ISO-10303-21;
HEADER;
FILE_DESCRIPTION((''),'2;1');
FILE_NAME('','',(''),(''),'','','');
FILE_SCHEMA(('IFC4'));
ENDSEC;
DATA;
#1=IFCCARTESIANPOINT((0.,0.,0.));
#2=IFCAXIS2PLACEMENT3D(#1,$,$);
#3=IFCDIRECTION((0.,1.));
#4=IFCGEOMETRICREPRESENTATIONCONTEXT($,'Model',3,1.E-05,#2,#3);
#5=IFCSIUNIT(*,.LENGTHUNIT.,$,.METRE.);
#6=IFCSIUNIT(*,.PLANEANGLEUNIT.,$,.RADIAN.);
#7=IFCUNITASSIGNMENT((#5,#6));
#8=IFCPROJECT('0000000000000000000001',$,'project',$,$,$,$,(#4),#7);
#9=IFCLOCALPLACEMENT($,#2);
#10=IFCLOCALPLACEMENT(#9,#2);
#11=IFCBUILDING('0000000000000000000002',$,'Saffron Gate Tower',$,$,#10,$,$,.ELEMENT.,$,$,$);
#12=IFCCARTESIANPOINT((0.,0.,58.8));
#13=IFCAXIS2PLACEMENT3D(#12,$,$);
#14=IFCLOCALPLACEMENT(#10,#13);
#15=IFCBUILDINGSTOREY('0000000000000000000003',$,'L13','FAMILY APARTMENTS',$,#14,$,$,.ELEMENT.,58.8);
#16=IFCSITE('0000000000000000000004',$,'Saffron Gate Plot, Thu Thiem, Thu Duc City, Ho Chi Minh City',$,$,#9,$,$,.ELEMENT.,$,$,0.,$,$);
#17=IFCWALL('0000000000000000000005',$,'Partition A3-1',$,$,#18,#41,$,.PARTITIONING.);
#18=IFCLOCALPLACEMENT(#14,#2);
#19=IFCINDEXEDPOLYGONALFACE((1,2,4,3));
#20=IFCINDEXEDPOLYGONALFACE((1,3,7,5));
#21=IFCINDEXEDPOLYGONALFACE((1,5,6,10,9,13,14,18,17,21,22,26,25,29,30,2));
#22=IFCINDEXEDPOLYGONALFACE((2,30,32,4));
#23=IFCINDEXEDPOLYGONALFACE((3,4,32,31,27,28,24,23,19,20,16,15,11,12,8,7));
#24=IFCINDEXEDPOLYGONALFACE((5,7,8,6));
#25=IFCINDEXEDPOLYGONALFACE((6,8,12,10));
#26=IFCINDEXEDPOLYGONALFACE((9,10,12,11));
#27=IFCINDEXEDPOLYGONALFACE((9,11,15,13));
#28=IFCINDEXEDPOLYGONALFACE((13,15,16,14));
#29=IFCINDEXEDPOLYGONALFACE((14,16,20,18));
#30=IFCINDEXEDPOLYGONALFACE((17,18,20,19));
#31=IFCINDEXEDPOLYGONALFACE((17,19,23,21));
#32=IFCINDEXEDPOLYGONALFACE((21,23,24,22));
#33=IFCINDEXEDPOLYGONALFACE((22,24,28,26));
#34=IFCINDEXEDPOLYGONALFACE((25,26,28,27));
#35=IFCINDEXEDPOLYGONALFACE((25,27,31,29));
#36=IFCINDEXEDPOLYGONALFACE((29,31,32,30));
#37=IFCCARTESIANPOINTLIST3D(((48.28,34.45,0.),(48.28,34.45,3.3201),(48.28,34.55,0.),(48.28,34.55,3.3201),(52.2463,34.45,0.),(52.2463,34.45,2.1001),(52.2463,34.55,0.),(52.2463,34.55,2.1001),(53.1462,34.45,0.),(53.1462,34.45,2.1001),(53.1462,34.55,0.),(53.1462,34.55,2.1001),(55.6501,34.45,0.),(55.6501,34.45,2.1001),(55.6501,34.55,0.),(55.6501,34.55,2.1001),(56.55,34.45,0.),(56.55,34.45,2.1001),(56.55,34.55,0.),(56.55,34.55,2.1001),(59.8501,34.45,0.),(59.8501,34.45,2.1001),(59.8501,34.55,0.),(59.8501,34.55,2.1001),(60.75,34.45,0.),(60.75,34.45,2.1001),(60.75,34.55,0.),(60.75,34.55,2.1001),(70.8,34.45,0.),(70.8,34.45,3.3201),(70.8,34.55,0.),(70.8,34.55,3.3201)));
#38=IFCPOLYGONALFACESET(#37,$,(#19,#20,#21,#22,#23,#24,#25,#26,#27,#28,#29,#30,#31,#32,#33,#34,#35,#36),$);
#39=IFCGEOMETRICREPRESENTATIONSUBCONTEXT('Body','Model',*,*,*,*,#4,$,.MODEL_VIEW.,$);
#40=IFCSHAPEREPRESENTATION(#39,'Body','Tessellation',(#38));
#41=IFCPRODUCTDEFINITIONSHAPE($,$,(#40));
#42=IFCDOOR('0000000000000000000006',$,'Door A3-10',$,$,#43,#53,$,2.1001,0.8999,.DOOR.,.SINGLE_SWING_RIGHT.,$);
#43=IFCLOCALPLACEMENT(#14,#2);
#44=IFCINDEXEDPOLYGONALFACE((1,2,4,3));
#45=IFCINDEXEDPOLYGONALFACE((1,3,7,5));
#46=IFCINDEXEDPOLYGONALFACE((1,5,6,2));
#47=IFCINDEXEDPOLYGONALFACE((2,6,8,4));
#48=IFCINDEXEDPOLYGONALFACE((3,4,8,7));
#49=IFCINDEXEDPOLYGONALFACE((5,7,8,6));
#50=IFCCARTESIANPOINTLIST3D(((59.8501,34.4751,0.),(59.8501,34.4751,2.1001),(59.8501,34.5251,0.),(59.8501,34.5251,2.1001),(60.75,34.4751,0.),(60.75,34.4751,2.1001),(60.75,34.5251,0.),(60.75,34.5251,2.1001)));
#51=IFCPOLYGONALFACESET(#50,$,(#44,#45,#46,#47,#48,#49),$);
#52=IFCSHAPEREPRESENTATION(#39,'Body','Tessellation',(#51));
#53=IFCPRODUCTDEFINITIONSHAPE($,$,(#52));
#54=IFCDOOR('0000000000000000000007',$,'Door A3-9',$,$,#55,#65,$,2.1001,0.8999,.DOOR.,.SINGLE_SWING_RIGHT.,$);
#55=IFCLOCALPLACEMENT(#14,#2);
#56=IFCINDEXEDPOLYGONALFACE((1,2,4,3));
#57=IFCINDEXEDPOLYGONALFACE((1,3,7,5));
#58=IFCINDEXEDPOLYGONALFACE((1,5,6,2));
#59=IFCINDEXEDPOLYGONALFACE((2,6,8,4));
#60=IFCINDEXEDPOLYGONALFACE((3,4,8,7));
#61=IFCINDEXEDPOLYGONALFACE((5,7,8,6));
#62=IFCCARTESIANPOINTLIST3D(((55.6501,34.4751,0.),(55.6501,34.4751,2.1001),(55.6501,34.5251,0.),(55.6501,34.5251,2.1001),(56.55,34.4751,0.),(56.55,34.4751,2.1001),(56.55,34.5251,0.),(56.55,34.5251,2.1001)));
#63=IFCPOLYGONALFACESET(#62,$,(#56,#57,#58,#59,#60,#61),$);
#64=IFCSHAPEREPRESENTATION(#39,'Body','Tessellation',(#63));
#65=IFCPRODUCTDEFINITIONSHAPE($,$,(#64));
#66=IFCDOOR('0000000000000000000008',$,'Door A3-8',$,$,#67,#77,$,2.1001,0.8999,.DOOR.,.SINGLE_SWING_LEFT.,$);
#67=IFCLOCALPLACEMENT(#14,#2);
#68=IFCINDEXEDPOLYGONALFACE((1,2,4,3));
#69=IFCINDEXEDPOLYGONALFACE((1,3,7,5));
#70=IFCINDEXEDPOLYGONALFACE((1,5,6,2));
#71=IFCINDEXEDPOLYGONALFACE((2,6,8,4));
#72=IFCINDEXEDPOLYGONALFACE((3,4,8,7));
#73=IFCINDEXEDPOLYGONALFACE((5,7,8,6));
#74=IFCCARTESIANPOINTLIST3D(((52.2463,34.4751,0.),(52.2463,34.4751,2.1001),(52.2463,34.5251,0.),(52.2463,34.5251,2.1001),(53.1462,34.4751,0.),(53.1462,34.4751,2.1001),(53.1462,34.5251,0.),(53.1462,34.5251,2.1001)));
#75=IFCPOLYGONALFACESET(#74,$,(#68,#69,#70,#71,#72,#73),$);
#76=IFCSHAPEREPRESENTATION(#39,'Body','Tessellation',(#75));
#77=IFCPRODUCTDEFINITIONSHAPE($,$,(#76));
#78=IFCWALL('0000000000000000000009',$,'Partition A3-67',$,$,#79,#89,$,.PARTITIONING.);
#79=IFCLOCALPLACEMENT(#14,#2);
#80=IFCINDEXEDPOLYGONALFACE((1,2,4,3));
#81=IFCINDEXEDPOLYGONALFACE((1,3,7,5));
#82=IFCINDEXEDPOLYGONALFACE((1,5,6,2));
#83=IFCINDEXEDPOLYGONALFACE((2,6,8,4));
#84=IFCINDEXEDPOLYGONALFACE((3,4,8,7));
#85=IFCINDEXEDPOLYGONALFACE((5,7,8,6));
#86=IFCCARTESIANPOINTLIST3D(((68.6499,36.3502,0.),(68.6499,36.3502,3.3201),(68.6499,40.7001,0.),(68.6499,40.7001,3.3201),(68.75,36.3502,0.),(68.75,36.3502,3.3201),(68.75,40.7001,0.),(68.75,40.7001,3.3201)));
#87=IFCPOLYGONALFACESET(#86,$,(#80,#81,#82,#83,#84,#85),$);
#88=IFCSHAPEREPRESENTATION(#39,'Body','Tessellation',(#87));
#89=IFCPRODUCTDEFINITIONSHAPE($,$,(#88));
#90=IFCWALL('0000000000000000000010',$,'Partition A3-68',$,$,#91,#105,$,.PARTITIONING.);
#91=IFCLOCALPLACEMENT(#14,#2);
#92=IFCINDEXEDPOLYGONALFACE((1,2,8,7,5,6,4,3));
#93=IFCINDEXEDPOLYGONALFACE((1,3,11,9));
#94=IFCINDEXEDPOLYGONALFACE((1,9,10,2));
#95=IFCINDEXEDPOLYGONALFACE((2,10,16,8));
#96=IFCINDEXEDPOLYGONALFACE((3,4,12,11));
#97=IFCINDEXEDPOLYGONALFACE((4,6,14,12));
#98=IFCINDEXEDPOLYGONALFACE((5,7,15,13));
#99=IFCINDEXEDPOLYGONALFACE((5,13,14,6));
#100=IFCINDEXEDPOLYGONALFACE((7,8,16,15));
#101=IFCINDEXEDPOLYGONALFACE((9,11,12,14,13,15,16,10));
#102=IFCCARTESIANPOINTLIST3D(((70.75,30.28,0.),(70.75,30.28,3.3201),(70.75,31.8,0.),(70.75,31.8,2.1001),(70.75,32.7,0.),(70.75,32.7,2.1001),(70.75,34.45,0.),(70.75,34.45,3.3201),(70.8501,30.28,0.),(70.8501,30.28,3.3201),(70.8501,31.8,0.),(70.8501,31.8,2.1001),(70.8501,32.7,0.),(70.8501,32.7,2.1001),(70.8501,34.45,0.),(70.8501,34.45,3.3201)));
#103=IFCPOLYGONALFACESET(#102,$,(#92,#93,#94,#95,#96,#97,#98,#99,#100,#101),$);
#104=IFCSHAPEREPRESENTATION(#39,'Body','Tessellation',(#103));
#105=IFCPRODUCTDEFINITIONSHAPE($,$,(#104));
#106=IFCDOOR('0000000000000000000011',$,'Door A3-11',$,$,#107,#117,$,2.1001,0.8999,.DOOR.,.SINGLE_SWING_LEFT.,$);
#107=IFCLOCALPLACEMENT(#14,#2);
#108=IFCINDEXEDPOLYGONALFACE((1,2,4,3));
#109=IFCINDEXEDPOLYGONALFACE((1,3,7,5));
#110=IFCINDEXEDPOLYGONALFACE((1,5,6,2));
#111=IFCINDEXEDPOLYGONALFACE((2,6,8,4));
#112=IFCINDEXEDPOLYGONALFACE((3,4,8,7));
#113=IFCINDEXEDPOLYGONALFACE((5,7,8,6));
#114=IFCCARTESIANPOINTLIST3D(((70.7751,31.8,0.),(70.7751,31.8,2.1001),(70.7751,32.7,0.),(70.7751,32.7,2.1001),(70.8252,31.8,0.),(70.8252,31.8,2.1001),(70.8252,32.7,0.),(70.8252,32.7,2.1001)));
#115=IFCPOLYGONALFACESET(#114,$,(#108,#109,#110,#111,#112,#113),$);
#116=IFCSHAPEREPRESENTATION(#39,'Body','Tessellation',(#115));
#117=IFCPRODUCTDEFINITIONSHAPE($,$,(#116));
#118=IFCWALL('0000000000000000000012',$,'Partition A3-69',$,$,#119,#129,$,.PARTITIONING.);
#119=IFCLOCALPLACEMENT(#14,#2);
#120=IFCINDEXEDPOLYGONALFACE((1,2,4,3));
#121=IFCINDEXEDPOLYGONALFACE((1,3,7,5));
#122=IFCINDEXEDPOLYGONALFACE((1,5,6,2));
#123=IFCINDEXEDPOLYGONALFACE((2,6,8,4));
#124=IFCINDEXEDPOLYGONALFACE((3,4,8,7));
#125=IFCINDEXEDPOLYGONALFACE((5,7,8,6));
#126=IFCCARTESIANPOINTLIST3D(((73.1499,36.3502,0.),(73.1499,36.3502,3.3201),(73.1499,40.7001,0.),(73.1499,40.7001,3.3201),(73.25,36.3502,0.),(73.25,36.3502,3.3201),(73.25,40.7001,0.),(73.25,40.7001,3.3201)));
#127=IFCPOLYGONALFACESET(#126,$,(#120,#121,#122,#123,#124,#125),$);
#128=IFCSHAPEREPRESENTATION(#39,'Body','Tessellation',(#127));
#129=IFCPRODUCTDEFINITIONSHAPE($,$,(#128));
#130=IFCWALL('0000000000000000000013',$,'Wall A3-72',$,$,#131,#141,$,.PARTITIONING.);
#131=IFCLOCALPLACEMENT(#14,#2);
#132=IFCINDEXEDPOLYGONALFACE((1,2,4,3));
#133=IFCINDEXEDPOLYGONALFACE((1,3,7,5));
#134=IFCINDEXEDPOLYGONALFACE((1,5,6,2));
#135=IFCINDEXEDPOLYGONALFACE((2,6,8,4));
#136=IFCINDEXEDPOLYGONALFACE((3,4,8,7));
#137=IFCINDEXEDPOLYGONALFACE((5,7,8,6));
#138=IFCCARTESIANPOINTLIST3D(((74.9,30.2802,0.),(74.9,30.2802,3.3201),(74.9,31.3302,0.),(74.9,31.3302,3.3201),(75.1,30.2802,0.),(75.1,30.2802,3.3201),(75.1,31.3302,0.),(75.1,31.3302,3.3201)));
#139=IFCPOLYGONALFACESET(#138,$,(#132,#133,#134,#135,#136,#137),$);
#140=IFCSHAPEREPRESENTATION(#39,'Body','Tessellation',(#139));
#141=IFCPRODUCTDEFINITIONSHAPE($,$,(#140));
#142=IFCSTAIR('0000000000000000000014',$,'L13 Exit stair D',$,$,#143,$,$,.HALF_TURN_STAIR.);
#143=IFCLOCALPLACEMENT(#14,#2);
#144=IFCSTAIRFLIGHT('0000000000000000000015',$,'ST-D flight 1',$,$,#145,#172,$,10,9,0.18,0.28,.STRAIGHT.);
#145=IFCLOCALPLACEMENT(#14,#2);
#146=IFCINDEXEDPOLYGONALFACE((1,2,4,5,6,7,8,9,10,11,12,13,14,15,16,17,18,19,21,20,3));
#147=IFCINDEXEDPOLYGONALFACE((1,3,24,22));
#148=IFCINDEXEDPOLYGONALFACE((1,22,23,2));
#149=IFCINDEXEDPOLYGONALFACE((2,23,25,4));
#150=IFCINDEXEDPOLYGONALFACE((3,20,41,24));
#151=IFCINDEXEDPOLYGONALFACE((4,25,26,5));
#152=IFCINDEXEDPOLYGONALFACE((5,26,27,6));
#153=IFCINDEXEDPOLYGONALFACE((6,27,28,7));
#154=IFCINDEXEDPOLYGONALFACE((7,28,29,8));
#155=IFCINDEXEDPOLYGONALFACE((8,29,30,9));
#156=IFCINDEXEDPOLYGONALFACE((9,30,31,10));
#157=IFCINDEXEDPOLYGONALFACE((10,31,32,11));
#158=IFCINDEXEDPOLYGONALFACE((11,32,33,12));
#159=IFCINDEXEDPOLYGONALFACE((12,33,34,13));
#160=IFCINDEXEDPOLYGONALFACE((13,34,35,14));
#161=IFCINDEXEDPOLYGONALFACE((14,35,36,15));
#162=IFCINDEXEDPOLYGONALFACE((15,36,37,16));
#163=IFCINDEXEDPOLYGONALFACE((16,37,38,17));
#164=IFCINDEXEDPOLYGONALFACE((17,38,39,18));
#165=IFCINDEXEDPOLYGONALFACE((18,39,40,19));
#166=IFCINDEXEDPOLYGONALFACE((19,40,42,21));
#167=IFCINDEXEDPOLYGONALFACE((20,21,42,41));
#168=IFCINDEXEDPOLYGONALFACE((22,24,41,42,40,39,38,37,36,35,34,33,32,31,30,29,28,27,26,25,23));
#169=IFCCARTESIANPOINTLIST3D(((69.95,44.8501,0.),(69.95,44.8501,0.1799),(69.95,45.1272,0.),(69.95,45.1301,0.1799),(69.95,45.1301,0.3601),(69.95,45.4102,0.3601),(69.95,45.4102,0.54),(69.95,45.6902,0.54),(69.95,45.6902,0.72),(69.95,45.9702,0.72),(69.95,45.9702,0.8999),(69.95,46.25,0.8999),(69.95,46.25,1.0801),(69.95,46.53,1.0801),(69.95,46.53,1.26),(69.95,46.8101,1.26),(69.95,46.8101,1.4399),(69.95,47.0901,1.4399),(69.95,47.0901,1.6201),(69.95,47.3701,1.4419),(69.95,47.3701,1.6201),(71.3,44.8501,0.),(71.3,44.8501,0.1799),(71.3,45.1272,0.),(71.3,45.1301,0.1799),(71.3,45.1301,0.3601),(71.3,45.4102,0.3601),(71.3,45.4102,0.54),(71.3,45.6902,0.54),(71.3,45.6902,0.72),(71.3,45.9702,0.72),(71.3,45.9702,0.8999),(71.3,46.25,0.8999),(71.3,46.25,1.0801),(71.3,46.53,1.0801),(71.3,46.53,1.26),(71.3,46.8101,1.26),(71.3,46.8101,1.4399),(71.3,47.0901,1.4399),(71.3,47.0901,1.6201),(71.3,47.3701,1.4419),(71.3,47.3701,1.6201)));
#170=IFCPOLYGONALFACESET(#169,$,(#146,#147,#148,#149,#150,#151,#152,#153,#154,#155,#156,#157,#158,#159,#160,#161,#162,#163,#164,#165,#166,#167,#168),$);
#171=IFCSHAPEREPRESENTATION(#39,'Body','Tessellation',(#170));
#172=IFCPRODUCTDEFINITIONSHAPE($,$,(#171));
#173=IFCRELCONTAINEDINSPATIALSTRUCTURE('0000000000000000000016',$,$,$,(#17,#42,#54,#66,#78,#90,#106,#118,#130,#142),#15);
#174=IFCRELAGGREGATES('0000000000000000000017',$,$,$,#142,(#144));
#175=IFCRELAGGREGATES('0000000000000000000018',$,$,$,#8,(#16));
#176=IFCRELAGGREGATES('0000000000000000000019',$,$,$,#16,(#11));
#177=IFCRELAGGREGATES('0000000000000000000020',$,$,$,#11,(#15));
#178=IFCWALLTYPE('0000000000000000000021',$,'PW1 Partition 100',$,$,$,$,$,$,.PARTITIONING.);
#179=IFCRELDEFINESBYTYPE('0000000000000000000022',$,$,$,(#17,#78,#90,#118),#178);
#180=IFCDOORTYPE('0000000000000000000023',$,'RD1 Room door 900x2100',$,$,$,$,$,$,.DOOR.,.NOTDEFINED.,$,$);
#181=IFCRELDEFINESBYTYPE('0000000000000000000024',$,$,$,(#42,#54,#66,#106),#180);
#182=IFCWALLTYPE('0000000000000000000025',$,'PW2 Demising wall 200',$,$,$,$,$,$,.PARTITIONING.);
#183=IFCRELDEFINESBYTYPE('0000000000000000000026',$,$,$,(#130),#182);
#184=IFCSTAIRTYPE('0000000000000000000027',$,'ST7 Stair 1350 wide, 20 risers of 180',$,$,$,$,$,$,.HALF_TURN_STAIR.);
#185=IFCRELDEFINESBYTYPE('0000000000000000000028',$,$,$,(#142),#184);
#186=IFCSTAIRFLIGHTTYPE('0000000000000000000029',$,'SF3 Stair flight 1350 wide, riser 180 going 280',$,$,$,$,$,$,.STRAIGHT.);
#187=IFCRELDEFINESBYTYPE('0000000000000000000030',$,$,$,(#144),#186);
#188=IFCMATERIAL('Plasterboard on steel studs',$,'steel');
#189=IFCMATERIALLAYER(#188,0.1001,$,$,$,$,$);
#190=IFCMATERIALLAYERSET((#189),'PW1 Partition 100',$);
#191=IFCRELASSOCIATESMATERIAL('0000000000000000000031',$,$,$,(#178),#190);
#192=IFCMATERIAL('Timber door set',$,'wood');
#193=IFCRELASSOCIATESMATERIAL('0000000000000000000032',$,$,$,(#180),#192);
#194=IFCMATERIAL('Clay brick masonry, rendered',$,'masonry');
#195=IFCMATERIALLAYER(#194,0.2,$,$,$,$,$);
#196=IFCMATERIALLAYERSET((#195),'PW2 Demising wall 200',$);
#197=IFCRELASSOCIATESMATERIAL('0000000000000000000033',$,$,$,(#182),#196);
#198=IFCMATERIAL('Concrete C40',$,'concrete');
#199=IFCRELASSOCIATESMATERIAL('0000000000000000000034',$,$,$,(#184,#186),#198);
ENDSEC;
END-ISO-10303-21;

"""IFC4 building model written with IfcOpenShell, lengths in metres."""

from ifc_helpers import new_model, si_unit, direction, frame, frame_2d, origin, place, context, subcontext, project, spatial, polyline, rectangle, outline, extrude, material, layer, layer_set, type_object, element, fill, aggregate, save


model = new_model("IFC4")

# Units and contexts
model_context = context("Model", 3, precision=1e-05, world=origin(), true_north=direction((0.0, 1.0)))
body_context = subcontext(model_context, "Body", "Model", "MODEL_VIEW")
ifc_project = project(units=[si_unit("LENGTHUNIT", "METRE"), si_unit("PLANEANGLEUNIT", "RADIAN")], contexts=[model_context])

# Site, building, storey
site_placement = place(None, origin())
site = spatial("IfcSite", under=ifc_project, at=site_placement, Name="Saffron Gate Plot, Thu Thiem, Thu Duc City, Ho Chi Minh City", CompositionType="ELEMENT", RefElevation=0.0)
building_placement = place(site_placement, origin())
building = spatial("IfcBuilding", under=site, at=building_placement, Name="Saffron Gate Tower", CompositionType="ELEMENT")
storey_placement = place(building_placement, frame((0.0, 0.0, 58.8)))
storey = spatial("IfcBuildingStorey", under=building, at=storey_placement, Name="L13", Description="FAMILY APARTMENTS", CompositionType="ELEMENT", Elevation=58.8)

# Wall, openings, doors
ifc_material_1 = material(Name="Plasterboard on steel studs", Category="steel")
ifc_layer_1 = layer(ifc_material_1, 0.1001)
ifc_layer_set_1 = layer_set([ifc_layer_1], Name="PW1 Partition 100")
wall_type_1 = type_object("IfcWallType", Name="PW1 Partition 100", PredefinedType="PARTITIONING", material=ifc_layer_set_1)
wall_1_placement = place(storey_placement, frame((70.8, 34.5, 0.0), z_axis=(0.0, 0.0, 1.0), x_axis=(-1.0, 0.0, 0.0)))
wall_1 = element("IfcWall", 1, at=wall_1_placement, inside=storey, type_object=wall_type_1, Name="Partition A3-1", PredefinedType="PARTITIONING", context=body_context, shape_type="SweptSolid", body=[
    extrude(rectangle(XDim=22.52, YDim=0.1001, at=frame_2d((11.26, 0.0))), origin(), (0.0, 0.0, 1.0), 3.3201),
])
opening_1_placement = place(wall_1_placement, frame((10.05, 0.0, 0.0)))
opening_1 = element("IfcOpeningElement", 2, at=opening_1_placement, cuts=wall_1, PredefinedType="OPENING", context=body_context, shape_type="SweptSolid", body=[
    extrude(rectangle(XDim=0.8999, YDim=2.1001, at=frame_2d((0.45, 1.05))), frame((0.0, 0.0601, 0.0), z_axis=(0.0, -1.0, 0.0), x_axis=(1.0, 0.0, 0.0)), (0.0, 0.0, 1.0), 0.1201),
])
opening_2_placement = place(wall_1_placement, frame((14.25, 0.0, 0.0)))
opening_2 = element("IfcOpeningElement", 3, at=opening_2_placement, cuts=wall_1, PredefinedType="OPENING", context=body_context, shape_type="SweptSolid", body=[
    extrude(rectangle(XDim=0.8999, YDim=2.1001, at=frame_2d((0.45, 1.05))), frame((0.0, 0.0601, 0.0), z_axis=(0.0, -1.0, 0.0), x_axis=(1.0, 0.0, 0.0)), (0.0, 0.0, 1.0), 0.1201),
])
opening_3_placement = place(wall_1_placement, frame((17.6538, 0.0, 0.0)))
opening_3 = element("IfcOpeningElement", 4, at=opening_3_placement, cuts=wall_1, PredefinedType="OPENING", context=body_context, shape_type="SweptSolid", body=[
    extrude(rectangle(XDim=0.8999, YDim=2.1001, at=frame_2d((0.45, 1.05))), frame((0.0, 0.0601, 0.0), z_axis=(0.0, -1.0, 0.0), x_axis=(1.0, 0.0, 0.0)), (0.0, 0.0, 1.0), 0.1201),
])
ifc_material_2 = material(Name="Timber door set", Category="wood")
door_type_1 = type_object("IfcDoorType", Name="RD1 Room door 900x2100", OperationType="NOTDEFINED", PredefinedType="DOOR", material=ifc_material_2)
door_1_placement = place(opening_1_placement, origin())
door_1 = element("IfcDoor", 5, at=door_1_placement, inside=storey, type_object=door_type_1, Name="Door A3-10", OperationType="SINGLE_SWING_RIGHT", OverallHeight=2.1001, OverallWidth=0.8999, PredefinedType="DOOR", context=body_context, shape_type="SweptSolid", body=[
    extrude(rectangle(XDim=0.8999, YDim=2.1001, at=frame_2d((0.45, 1.05))), frame((0.0, 0.0249, 0.0), z_axis=(0.0, -1.0, 0.0), x_axis=(1.0, 0.0, 0.0)), (0.0, 0.0, 1.0), 0.05),
])
fill(opening_1, door_1)
door_2_placement = place(opening_2_placement, origin())
door_2 = element("IfcDoor", 6, at=door_2_placement, inside=storey, type_object=door_type_1, Name="Door A3-9", OperationType="SINGLE_SWING_RIGHT", OverallHeight=2.1001, OverallWidth=0.8999, PredefinedType="DOOR", context=body_context, shape_type="SweptSolid", body=[
    extrude(rectangle(XDim=0.8999, YDim=2.1001, at=frame_2d((0.45, 1.05))), frame((0.0, 0.0249, 0.0), z_axis=(0.0, -1.0, 0.0), x_axis=(1.0, 0.0, 0.0)), (0.0, 0.0, 1.0), 0.05),
])
fill(opening_2, door_2)
door_3_placement = place(opening_3_placement, origin())
door_3 = element("IfcDoor", 7, at=door_3_placement, inside=storey, type_object=door_type_1, Name="Door A3-8", OperationType="SINGLE_SWING_LEFT", OverallHeight=2.1001, OverallWidth=0.8999, PredefinedType="DOOR", context=body_context, shape_type="SweptSolid", body=[
    extrude(rectangle(XDim=0.8999, YDim=2.1001, at=frame_2d((0.45, 1.05))), frame((0.0, 0.0249, 0.0), z_axis=(0.0, -1.0, 0.0), x_axis=(1.0, 0.0, 0.0)), (0.0, 0.0, 1.0), 0.05),
])
fill(opening_3, door_3)

# Wall
wall_2_placement = place(storey_placement, frame((68.7, 40.7, 0.0), z_axis=(0.0, 0.0, 1.0), x_axis=(0.0, -1.0, 0.0)))
element("IfcWall", 8, at=wall_2_placement, inside=storey, type_object=wall_type_1, Name="Partition A3-67", PredefinedType="PARTITIONING", context=body_context, shape_type="SweptSolid", body=[
    extrude(rectangle(XDim=4.3499, YDim=0.1001, at=frame_2d((2.1748, 0.0))), origin(), (0.0, 0.0, 1.0), 3.3201),
])

# Wall, opening, door
wall_3_placement = place(storey_placement, frame((70.8, 30.28, 0.0), z_axis=(0.0, 0.0, 1.0), x_axis=(0.0, 1.0, 0.0)))
wall_3 = element("IfcWall", 9, at=wall_3_placement, inside=storey, type_object=wall_type_1, Name="Partition A3-68", PredefinedType="PARTITIONING", context=body_context, shape_type="SweptSolid", body=[
    extrude(rectangle(XDim=4.1699, YDim=0.1001, at=frame_2d((2.085, 0.0))), origin(), (0.0, 0.0, 1.0), 3.3201),
])
opening_4_placement = place(wall_3_placement, frame((1.52, 0.0, 0.0)))
opening_4 = element("IfcOpeningElement", 10, at=opening_4_placement, cuts=wall_3, PredefinedType="OPENING", context=body_context, shape_type="SweptSolid", body=[
    extrude(rectangle(XDim=0.8999, YDim=2.1001, at=frame_2d((0.45, 1.05))), frame((0.0, 0.0601, 0.0), z_axis=(0.0, -1.0, 0.0), x_axis=(1.0, 0.0, 0.0)), (0.0, 0.0, 1.0), 0.1201),
])
door_4_placement = place(opening_4_placement, origin())
door_4 = element("IfcDoor", 11, at=door_4_placement, inside=storey, type_object=door_type_1, Name="Door A3-11", OperationType="SINGLE_SWING_LEFT", OverallHeight=2.1001, OverallWidth=0.8999, PredefinedType="DOOR", context=body_context, shape_type="SweptSolid", body=[
    extrude(rectangle(XDim=0.8999, YDim=2.1001, at=frame_2d((0.45, 1.05))), frame((0.0, 0.0249, 0.0), z_axis=(0.0, -1.0, 0.0), x_axis=(1.0, 0.0, 0.0)), (0.0, 0.0, 1.0), 0.05),
])
fill(opening_4, door_4)

# Walls
wall_4_placement = place(storey_placement, frame((73.2, 40.7, 0.0), z_axis=(0.0, 0.0, 1.0), x_axis=(0.0, -1.0, 0.0)))
element("IfcWall", 12, at=wall_4_placement, inside=storey, type_object=wall_type_1, Name="Partition A3-69", PredefinedType="PARTITIONING", context=body_context, shape_type="SweptSolid", body=[
    extrude(rectangle(XDim=4.3499, YDim=0.1001, at=frame_2d((2.1748, 0.0))), origin(), (0.0, 0.0, 1.0), 3.3201),
])
ifc_material_3 = material(Name="Clay brick masonry, rendered", Category="masonry")
ifc_layer_2 = layer(ifc_material_3, 0.2)
ifc_layer_set_2 = layer_set([ifc_layer_2], Name="PW2 Demising wall 200")
wall_type_2 = type_object("IfcWallType", Name="PW2 Demising wall 200", PredefinedType="PARTITIONING", material=ifc_layer_set_2)
wall_5_placement = place(storey_placement, frame((75.0, 31.3301, 0.0), z_axis=(0.0, 0.0, 1.0), x_axis=(0.0, -1.0, 0.0)))
element("IfcWall", 13, at=wall_5_placement, inside=storey, type_object=wall_type_2, Name="Wall A3-72", PredefinedType="PARTITIONING", context=body_context, shape_type="SweptSolid", body=[
    extrude(rectangle(XDim=1.05, YDim=0.2, at=frame_2d((0.5249, 0.0))), origin(), (0.0, 0.0, 1.0), 3.3201),
])

# Stair, stair flight
ifc_material_4 = material(Name="Concrete C40", Category="concrete")
stair_type = type_object("IfcStairType", Name="ST7 Stair 1350 wide, 20 risers of 180", PredefinedType="HALF_TURN_STAIR", material=ifc_material_4)
stair_placement = place(storey_placement, origin())
stair = element("IfcStair", 14, at=stair_placement, inside=storey, type_object=stair_type, Name="L13 Exit stair D", PredefinedType="HALF_TURN_STAIR")
stair_flight_type = type_object("IfcStairFlightType", Name="SF3 Stair flight 1350 wide, riser 180 going 280", PredefinedType="STRAIGHT", material=ifc_material_4)
stair_flight_placement = place(storey_placement, frame((70.625, 44.8501, 0.0), z_axis=(0.0, 0.0, 1.0), x_axis=(0.0, 1.0, 0.0)))
stair_flight = element("IfcStairFlight", 15, at=stair_flight_placement, type_object=stair_flight_type, Name="ST-D flight 1", NumberOfRisers=10, NumberOfTreads=9, PredefinedType="STRAIGHT", RiserHeight=0.18, TreadLength=0.28, context=body_context, shape_type="SweptSolid", body=[
    extrude(outline(polyline([(0.0, 0.0), (0.0, 0.1799), (0.28, 0.1799), (0.28, 0.3601), (0.5601, 0.3601), (0.5601, 0.54), (0.8401, 0.54), (0.8401, 0.72), (1.1201, 0.72), (1.1201, 0.8999), (1.3999, 0.8999), (1.3999, 1.0801), (1.6799, 1.0801), (1.6799, 1.26), (1.96, 1.26), (1.96, 1.4399), (2.24, 1.4399), (2.24, 1.6201), (2.52, 1.6201), (2.52, 1.8), (2.52, 1.4419), (0.2771, 0.0), (0.0, 0.0)])), frame((0.0, 0.675, 0.0), z_axis=(0.0, -1.0, 0.0), x_axis=(1.0, 0.0, 0.0)), (0.0, 0.0, 1.0), 1.3501),
])
aggregate(stair, [stair_flight])

save(model, "model.ifc")
